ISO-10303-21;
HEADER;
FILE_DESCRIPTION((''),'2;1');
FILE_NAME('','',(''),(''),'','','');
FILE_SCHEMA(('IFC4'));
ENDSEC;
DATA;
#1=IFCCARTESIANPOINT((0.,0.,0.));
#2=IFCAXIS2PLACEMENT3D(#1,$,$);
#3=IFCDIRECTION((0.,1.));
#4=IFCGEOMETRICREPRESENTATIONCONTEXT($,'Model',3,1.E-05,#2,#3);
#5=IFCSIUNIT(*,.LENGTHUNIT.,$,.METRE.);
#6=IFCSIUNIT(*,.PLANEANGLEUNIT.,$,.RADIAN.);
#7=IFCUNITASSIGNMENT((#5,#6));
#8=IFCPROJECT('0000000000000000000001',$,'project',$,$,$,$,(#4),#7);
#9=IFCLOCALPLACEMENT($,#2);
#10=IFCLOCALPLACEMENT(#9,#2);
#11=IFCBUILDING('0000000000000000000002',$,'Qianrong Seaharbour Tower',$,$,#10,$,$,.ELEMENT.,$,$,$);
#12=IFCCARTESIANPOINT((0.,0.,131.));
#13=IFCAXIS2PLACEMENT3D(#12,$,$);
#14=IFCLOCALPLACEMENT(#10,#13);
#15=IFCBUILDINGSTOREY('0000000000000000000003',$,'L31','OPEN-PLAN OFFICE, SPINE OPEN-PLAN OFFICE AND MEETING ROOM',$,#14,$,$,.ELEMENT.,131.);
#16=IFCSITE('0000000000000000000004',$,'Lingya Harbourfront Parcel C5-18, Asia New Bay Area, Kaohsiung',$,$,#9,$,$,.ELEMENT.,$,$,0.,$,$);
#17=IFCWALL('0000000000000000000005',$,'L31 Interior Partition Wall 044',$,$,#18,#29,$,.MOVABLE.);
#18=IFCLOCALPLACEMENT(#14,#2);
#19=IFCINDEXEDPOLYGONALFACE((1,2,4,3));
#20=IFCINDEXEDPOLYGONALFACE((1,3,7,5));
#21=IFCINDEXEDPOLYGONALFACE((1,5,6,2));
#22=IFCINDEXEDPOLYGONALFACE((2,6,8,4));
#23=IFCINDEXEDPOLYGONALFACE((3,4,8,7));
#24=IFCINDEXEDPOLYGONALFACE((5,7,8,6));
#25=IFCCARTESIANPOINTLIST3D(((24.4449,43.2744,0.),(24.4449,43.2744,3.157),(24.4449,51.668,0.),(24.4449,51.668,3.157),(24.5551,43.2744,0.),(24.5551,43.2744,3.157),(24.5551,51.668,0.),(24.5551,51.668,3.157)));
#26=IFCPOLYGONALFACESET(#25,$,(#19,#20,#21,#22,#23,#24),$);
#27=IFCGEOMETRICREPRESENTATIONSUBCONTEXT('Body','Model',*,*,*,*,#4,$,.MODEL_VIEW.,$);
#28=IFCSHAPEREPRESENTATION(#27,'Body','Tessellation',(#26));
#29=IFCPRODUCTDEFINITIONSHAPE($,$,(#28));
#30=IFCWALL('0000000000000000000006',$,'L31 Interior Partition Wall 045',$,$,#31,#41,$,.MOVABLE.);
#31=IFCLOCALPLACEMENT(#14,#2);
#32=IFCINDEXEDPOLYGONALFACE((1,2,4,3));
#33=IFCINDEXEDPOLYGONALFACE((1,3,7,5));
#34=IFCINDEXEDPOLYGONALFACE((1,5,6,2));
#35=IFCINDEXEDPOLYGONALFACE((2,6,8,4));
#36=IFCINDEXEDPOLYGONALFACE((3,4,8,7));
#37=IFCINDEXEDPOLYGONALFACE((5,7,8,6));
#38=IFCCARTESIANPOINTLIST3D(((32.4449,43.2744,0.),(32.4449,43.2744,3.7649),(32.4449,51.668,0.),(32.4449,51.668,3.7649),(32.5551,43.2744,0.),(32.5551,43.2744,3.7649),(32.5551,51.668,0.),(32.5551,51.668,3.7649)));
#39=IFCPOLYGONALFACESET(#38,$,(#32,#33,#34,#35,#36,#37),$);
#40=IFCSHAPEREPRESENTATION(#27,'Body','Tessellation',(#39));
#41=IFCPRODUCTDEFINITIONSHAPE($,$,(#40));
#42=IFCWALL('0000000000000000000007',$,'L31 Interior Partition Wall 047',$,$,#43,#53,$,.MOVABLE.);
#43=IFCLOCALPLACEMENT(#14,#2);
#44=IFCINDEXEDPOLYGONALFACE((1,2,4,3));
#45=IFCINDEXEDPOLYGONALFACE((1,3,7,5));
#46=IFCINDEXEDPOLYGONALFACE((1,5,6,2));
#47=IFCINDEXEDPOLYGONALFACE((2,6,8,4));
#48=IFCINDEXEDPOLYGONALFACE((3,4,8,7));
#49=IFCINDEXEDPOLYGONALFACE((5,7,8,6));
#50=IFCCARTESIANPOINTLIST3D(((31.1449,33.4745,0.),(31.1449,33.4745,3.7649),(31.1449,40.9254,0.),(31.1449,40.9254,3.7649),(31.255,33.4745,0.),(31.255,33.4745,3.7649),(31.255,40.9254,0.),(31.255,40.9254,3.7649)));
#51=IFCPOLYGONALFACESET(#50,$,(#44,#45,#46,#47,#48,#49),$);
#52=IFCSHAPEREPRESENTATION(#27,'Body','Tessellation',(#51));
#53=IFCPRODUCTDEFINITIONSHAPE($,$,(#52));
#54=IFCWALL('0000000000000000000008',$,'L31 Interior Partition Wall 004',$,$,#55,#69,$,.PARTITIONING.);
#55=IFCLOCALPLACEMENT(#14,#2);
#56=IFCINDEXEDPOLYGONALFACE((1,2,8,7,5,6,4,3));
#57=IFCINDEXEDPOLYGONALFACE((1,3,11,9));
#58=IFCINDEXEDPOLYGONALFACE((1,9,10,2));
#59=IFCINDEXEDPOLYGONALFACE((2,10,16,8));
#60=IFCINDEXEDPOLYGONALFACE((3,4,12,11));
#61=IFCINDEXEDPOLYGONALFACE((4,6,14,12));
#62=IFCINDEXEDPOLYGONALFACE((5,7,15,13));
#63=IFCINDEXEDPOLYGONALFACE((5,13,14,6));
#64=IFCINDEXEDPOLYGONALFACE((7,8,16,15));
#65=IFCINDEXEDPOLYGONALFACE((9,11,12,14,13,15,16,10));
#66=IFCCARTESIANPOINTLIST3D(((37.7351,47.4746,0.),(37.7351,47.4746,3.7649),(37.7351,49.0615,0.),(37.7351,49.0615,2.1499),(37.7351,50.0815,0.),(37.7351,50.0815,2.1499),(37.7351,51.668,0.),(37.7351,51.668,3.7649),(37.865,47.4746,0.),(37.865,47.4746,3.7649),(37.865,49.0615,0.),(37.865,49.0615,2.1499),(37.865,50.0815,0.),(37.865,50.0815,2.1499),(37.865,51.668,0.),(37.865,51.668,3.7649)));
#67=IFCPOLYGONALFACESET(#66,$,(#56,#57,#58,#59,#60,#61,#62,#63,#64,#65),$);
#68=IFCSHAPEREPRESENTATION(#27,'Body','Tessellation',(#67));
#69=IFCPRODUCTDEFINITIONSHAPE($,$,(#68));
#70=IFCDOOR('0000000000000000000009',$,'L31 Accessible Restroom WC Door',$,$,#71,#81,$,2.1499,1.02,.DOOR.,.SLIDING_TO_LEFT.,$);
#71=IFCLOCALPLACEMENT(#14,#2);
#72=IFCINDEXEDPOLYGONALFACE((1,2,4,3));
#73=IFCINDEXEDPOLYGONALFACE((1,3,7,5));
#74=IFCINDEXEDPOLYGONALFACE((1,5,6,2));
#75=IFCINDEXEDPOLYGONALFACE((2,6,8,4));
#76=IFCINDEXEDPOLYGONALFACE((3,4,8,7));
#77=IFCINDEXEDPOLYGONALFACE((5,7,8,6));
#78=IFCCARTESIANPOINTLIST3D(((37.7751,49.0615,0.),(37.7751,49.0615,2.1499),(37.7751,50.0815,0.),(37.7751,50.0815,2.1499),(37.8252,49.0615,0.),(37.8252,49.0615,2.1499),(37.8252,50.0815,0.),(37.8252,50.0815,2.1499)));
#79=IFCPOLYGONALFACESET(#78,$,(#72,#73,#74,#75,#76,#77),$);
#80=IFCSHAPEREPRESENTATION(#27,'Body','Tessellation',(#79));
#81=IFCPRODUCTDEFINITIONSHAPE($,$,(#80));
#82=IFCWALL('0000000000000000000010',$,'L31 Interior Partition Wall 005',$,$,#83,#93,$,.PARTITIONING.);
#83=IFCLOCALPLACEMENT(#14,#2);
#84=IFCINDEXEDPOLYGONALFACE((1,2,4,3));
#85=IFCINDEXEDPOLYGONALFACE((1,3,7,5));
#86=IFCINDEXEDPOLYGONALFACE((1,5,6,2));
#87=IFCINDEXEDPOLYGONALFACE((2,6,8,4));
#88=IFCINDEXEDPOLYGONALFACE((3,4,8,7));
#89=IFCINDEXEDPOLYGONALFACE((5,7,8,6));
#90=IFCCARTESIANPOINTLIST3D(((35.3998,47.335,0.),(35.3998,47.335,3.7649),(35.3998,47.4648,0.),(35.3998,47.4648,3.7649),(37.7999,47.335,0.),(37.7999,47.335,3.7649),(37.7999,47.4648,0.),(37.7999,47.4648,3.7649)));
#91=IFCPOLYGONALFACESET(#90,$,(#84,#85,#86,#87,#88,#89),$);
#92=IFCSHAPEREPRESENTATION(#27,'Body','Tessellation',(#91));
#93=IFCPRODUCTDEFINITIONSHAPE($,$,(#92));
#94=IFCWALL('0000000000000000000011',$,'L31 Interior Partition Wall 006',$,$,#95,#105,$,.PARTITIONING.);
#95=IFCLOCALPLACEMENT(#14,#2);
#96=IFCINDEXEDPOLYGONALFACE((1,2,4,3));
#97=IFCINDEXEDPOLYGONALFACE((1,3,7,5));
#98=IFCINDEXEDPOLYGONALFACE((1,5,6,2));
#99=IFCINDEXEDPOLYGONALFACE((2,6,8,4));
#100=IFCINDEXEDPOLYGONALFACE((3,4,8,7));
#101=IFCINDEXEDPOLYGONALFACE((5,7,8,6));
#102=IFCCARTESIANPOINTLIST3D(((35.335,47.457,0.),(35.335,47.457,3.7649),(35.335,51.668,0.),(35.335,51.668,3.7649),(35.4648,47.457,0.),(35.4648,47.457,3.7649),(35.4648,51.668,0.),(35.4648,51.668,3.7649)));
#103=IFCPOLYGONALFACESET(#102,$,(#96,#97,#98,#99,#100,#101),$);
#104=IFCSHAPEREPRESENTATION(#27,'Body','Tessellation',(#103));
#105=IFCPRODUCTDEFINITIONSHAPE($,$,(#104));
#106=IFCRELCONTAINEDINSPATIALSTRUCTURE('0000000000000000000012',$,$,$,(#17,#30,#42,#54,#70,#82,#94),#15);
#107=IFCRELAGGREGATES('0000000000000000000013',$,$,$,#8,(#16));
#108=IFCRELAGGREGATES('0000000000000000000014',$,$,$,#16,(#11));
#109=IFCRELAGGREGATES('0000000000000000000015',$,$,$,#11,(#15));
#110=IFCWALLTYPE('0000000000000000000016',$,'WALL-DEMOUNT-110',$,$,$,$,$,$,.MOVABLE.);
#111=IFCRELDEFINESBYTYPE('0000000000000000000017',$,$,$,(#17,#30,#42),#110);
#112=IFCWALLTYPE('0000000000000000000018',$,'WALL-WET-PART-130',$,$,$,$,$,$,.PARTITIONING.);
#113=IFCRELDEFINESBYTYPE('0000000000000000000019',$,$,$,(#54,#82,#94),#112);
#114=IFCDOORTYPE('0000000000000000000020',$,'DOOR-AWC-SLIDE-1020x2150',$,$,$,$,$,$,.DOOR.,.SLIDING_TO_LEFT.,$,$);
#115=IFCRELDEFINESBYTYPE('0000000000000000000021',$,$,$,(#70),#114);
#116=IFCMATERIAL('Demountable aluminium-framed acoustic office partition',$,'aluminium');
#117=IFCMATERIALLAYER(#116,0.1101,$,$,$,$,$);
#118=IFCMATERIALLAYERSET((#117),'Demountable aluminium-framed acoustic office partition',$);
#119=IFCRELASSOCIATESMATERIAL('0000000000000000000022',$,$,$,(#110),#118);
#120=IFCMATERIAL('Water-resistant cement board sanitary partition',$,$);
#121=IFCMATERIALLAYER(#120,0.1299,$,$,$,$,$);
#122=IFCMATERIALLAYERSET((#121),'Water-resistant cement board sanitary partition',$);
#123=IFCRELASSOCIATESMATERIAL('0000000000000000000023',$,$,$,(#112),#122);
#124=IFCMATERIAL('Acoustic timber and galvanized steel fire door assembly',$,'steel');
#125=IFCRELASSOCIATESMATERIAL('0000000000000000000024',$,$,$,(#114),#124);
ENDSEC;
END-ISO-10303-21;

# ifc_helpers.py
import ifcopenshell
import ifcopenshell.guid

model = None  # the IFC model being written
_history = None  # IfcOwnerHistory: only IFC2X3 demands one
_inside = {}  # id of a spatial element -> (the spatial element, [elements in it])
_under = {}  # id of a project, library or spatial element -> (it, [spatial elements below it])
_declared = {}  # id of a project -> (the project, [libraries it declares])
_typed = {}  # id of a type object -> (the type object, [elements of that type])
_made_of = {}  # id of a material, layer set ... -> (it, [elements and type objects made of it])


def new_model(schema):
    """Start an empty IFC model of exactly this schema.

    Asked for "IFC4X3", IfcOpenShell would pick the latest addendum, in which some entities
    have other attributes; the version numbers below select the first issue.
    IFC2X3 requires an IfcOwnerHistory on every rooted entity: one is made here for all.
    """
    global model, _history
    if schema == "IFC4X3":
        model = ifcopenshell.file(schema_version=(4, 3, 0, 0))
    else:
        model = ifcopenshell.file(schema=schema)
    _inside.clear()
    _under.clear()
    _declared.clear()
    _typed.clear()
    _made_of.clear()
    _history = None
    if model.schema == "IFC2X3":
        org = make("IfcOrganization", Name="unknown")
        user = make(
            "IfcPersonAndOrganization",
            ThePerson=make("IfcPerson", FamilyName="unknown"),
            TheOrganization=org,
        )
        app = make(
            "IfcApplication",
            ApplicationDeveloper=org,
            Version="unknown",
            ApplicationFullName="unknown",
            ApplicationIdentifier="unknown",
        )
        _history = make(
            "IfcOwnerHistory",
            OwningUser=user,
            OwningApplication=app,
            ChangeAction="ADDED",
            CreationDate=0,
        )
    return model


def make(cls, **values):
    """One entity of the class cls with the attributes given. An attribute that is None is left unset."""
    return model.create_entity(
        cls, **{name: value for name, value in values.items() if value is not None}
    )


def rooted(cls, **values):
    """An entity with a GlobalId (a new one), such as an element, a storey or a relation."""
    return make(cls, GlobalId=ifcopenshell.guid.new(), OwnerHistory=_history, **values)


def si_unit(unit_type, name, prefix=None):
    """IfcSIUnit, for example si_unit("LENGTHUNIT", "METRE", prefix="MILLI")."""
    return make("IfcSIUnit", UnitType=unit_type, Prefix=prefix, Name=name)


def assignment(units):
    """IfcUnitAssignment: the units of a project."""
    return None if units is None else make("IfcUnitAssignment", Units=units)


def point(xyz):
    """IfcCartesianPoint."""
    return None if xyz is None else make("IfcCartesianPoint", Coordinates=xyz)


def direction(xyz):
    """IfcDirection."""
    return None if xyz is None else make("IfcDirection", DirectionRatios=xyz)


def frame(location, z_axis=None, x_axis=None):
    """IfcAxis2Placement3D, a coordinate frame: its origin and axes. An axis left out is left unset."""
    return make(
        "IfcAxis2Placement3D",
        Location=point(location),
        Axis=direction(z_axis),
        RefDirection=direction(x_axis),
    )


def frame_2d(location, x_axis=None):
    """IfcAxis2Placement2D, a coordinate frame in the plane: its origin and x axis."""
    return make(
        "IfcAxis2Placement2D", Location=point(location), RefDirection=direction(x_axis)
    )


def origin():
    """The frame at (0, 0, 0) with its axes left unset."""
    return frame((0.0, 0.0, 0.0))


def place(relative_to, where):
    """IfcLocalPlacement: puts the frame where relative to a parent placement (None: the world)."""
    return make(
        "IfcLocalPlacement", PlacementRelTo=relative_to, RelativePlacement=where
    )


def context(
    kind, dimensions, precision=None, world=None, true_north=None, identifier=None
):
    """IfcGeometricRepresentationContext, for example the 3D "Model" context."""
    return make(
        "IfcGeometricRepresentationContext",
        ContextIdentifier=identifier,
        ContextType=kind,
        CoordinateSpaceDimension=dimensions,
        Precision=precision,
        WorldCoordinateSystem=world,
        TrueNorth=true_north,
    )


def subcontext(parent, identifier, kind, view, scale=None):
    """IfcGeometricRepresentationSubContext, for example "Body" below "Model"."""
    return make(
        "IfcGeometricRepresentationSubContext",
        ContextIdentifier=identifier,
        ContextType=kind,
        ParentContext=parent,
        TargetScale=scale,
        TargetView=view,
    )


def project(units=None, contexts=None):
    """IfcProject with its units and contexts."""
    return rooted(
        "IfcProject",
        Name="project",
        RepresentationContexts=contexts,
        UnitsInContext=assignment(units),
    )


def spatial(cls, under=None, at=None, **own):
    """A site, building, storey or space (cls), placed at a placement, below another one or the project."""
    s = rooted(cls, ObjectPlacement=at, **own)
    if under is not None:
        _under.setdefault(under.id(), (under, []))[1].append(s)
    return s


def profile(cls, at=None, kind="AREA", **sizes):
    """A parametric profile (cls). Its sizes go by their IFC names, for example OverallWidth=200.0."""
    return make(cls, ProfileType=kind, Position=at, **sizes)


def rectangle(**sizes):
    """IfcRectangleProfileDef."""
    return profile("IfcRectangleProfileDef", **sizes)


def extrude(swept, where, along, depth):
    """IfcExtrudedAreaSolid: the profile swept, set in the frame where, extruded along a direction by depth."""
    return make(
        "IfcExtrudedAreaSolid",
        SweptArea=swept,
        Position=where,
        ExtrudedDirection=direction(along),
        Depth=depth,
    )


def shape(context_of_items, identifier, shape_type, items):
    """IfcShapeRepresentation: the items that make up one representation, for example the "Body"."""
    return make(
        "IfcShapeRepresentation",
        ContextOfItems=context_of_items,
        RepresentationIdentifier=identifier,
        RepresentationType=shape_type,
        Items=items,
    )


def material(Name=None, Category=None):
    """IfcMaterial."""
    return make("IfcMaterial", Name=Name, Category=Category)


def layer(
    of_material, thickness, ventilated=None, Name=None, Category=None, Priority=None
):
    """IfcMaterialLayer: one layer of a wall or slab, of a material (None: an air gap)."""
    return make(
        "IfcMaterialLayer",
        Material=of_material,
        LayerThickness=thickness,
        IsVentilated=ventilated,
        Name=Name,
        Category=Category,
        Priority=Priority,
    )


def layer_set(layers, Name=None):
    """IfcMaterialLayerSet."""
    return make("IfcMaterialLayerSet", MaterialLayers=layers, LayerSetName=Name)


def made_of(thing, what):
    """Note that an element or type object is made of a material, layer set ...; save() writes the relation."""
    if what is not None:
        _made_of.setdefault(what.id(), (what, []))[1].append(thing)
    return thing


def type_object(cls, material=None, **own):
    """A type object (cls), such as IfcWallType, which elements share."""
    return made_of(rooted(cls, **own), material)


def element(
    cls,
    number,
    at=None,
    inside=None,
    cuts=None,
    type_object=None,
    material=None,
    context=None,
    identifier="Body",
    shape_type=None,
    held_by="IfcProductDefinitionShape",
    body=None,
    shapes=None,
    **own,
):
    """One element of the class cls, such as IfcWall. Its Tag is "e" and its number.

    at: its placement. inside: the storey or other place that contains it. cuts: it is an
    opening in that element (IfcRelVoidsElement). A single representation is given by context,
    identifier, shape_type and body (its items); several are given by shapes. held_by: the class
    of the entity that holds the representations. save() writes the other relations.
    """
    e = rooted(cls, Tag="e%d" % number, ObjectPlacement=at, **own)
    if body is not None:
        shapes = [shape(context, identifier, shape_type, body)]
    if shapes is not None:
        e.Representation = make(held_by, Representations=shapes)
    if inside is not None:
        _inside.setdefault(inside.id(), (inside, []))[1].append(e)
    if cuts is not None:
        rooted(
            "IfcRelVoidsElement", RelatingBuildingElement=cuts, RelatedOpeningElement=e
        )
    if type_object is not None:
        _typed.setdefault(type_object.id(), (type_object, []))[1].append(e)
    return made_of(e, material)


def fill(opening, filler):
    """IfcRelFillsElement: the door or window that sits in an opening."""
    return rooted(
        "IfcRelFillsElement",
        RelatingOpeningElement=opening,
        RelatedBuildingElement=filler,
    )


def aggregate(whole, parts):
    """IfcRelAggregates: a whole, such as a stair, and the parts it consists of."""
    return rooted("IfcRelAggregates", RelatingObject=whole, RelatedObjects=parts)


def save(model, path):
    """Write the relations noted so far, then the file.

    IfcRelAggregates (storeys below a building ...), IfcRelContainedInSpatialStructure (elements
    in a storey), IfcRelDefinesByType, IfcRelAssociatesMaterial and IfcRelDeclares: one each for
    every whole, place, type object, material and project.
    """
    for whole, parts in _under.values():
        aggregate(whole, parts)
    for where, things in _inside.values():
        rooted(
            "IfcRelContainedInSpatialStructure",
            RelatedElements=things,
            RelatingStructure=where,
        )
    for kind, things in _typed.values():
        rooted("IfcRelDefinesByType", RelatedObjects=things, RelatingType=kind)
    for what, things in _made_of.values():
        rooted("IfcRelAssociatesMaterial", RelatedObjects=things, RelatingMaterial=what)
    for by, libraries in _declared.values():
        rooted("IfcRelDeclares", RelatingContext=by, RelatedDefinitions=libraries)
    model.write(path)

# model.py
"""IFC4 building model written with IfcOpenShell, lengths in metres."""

from ifc_helpers import new_model, si_unit, direction, frame, frame_2d, origin, place, context, subcontext, project, spatial, rectangle, extrude, material, layer, layer_set, type_object, element, fill, save


model = new_model("IFC4")

# Units and contexts
model_context = context("Model", 3, precision=1e-05, world=origin(), true_north=direction((0.0, 1.0)))
body_context = subcontext(model_context, "Body", "Model", "MODEL_VIEW")
ifc_project = project(units=[si_unit("LENGTHUNIT", "METRE"), si_unit("PLANEANGLEUNIT", "RADIAN")], contexts=[model_context])

# Site, building, storey
site_placement = place(None, origin())
site = spatial("IfcSite", under=ifc_project, at=site_placement, Name="Lingya Harbourfront Parcel C5-18, Asia New Bay Area, Kaohsiung", CompositionType="ELEMENT", RefElevation=0.0)
building_placement = place(site_placement, origin())
building = spatial("IfcBuilding", under=site, at=building_placement, Name="Qianrong Seaharbour Tower", CompositionType="ELEMENT")
storey_placement = place(building_placement, frame((0.0, 0.0, 131.0)))
storey = spatial("IfcBuildingStorey", under=building, at=storey_placement, Name="L31", Description="OPEN-PLAN OFFICE, SPINE OPEN-PLAN OFFICE AND MEETING ROOM", CompositionType="ELEMENT", Elevation=131.0)

# Shared definitions
ifc_material_1 = material(Name="Acoustic timber and galvanized steel fire door assembly", Category="steel")

# Walls
ifc_material_2 = material(Name="Demountable aluminium-framed acoustic office partition", Category="aluminium")
ifc_layer_1 = layer(ifc_material_2, 0.1101)
ifc_layer_set_1 = layer_set([ifc_layer_1], Name="Demountable aluminium-framed acoustic office partition")
wall_type_1 = type_object("IfcWallType", Name="WALL-DEMOUNT-110", PredefinedType="MOVABLE", material=ifc_layer_set_1)
wall_1_placement = place(storey_placement, frame((24.5, 51.668, 0.0), z_axis=(0.0, 0.0, 1.0), x_axis=(0.0, -1.0, 0.0)))
element("IfcWall", 1, at=wall_1_placement, inside=storey, type_object=wall_type_1, Name="L31 Interior Partition Wall 044", PredefinedType="MOVABLE", context=body_context, shape_type="SweptSolid", body=[
    extrude(rectangle(XDim=8.3936, YDim=0.1101, at=frame_2d((4.1968, 0.0))), origin(), (0.0, 0.0, 1.0), 3.157),
])
wall_2_placement = place(storey_placement, frame((32.5, 51.668, 0.0), z_axis=(0.0, 0.0, 1.0), x_axis=(0.0, -1.0, 0.0)))
element("IfcWall", 2, at=wall_2_placement, inside=storey, type_object=wall_type_1, Name="L31 Interior Partition Wall 045", PredefinedType="MOVABLE", context=body_context, shape_type="SweptSolid", body=[
    extrude(rectangle(XDim=8.3936, YDim=0.1101, at=frame_2d((4.1968, 0.0))), origin(), (0.0, 0.0, 1.0), 3.7649),
])
wall_3_placement = place(storey_placement, frame((31.2, 40.9255, 0.0), z_axis=(0.0, 0.0, 1.0), x_axis=(0.0, -1.0, 0.0)))
element("IfcWall", 3, at=wall_3_placement, inside=storey, type_object=wall_type_1, Name="L31 Interior Partition Wall 047", PredefinedType="MOVABLE", context=body_context, shape_type="SweptSolid", body=[
    extrude(rectangle(XDim=7.4509, YDim=0.1101, at=frame_2d((3.7256, 0.0))), origin(), (0.0, 0.0, 1.0), 3.7649),
])

# Wall, opening, door
ifc_material_3 = material(Name="Water-resistant cement board sanitary partition")
ifc_layer_2 = layer(ifc_material_3, 0.1299)
ifc_layer_set_2 = layer_set([ifc_layer_2], Name="Water-resistant cement board sanitary partition")
wall_type_2 = type_object("IfcWallType", Name="WALL-WET-PART-130", PredefinedType="PARTITIONING", material=ifc_layer_set_2)
wall_4_placement = place(storey_placement, frame((37.8, 47.4746, 0.0), z_axis=(0.0, 0.0, 1.0), x_axis=(0.0, 1.0, 0.0)))
wall_4 = element("IfcWall", 4, at=wall_4_placement, inside=storey, type_object=wall_type_2, Name="L31 Interior Partition Wall 004", PredefinedType="PARTITIONING", context=body_context, shape_type="SweptSolid", body=[
    extrude(rectangle(XDim=4.1934, YDim=0.1299, at=frame_2d((2.0967, 0.0))), origin(), (0.0, 0.0, 1.0), 3.7649),
])
opening_1_placement = place(wall_4_placement, frame((1.5869, 0.0, 0.0)))
opening_1 = element("IfcOpeningElement", 5, at=opening_1_placement, cuts=wall_4, PredefinedType="OPENING", context=body_context, shape_type="SweptSolid", body=[
    extrude(rectangle(XDim=1.02, YDim=2.1499, at=frame_2d((0.51, 1.075))), frame((0.0, 0.075, 0.0), z_axis=(0.0, -1.0, 0.0), x_axis=(1.0, 0.0, 0.0)), (0.0, 0.0, 1.0), 0.1499),
])
door_type_1 = type_object("IfcDoorType", Name="DOOR-AWC-SLIDE-1020x2150", OperationType="SLIDING_TO_LEFT", PredefinedType="DOOR", material=ifc_material_1)
door_1_placement = place(opening_1_placement, origin())
door_1 = element("IfcDoor", 6, at=door_1_placement, inside=storey, type_object=door_type_1, Name="L31 Accessible Restroom WC Door", OperationType="SLIDING_TO_LEFT", OverallHeight=2.1499, OverallWidth=1.02, PredefinedType="DOOR", context=body_context, shape_type="SweptSolid", body=[
    extrude(rectangle(XDim=1.02, YDim=2.1499, at=frame_2d((0.51, 1.075))), frame((0.0, 0.0249, 0.0), z_axis=(0.0, -1.0, 0.0), x_axis=(1.0, 0.0, 0.0)), (0.0, 0.0, 1.0), 0.05),
])
fill(opening_1, door_1)

# Walls
wall_5_placement = place(storey_placement, frame((37.8, 47.3999, 0.0), z_axis=(0.0, 0.0, 1.0), x_axis=(-1.0, 0.0, 0.0)))
element("IfcWall", 7, at=wall_5_placement, inside=storey, type_object=wall_type_2, Name="L31 Interior Partition Wall 005", PredefinedType="PARTITIONING", context=body_context, shape_type="SweptSolid", body=[
    extrude(rectangle(XDim=2.4001, YDim=0.1299, at=frame_2d((1.2002, 0.0))), origin(), (0.0, 0.0, 1.0), 3.7649),
])
wall_6_placement = place(storey_placement, frame((35.3999, 47.457, 0.0), z_axis=(0.0, 0.0, 1.0), x_axis=(0.0, 1.0, 0.0)))
element("IfcWall", 8, at=wall_6_placement, inside=storey, type_object=wall_type_2, Name="L31 Interior Partition Wall 006", PredefinedType="PARTITIONING", context=body_context, shape_type="SweptSolid", body=[
    extrude(rectangle(XDim=4.2109, YDim=0.1299, at=frame_2d((2.1055, 0.0))), origin(), (0.0, 0.0, 1.0), 3.7649),
])

save(model, "model.ifc")
